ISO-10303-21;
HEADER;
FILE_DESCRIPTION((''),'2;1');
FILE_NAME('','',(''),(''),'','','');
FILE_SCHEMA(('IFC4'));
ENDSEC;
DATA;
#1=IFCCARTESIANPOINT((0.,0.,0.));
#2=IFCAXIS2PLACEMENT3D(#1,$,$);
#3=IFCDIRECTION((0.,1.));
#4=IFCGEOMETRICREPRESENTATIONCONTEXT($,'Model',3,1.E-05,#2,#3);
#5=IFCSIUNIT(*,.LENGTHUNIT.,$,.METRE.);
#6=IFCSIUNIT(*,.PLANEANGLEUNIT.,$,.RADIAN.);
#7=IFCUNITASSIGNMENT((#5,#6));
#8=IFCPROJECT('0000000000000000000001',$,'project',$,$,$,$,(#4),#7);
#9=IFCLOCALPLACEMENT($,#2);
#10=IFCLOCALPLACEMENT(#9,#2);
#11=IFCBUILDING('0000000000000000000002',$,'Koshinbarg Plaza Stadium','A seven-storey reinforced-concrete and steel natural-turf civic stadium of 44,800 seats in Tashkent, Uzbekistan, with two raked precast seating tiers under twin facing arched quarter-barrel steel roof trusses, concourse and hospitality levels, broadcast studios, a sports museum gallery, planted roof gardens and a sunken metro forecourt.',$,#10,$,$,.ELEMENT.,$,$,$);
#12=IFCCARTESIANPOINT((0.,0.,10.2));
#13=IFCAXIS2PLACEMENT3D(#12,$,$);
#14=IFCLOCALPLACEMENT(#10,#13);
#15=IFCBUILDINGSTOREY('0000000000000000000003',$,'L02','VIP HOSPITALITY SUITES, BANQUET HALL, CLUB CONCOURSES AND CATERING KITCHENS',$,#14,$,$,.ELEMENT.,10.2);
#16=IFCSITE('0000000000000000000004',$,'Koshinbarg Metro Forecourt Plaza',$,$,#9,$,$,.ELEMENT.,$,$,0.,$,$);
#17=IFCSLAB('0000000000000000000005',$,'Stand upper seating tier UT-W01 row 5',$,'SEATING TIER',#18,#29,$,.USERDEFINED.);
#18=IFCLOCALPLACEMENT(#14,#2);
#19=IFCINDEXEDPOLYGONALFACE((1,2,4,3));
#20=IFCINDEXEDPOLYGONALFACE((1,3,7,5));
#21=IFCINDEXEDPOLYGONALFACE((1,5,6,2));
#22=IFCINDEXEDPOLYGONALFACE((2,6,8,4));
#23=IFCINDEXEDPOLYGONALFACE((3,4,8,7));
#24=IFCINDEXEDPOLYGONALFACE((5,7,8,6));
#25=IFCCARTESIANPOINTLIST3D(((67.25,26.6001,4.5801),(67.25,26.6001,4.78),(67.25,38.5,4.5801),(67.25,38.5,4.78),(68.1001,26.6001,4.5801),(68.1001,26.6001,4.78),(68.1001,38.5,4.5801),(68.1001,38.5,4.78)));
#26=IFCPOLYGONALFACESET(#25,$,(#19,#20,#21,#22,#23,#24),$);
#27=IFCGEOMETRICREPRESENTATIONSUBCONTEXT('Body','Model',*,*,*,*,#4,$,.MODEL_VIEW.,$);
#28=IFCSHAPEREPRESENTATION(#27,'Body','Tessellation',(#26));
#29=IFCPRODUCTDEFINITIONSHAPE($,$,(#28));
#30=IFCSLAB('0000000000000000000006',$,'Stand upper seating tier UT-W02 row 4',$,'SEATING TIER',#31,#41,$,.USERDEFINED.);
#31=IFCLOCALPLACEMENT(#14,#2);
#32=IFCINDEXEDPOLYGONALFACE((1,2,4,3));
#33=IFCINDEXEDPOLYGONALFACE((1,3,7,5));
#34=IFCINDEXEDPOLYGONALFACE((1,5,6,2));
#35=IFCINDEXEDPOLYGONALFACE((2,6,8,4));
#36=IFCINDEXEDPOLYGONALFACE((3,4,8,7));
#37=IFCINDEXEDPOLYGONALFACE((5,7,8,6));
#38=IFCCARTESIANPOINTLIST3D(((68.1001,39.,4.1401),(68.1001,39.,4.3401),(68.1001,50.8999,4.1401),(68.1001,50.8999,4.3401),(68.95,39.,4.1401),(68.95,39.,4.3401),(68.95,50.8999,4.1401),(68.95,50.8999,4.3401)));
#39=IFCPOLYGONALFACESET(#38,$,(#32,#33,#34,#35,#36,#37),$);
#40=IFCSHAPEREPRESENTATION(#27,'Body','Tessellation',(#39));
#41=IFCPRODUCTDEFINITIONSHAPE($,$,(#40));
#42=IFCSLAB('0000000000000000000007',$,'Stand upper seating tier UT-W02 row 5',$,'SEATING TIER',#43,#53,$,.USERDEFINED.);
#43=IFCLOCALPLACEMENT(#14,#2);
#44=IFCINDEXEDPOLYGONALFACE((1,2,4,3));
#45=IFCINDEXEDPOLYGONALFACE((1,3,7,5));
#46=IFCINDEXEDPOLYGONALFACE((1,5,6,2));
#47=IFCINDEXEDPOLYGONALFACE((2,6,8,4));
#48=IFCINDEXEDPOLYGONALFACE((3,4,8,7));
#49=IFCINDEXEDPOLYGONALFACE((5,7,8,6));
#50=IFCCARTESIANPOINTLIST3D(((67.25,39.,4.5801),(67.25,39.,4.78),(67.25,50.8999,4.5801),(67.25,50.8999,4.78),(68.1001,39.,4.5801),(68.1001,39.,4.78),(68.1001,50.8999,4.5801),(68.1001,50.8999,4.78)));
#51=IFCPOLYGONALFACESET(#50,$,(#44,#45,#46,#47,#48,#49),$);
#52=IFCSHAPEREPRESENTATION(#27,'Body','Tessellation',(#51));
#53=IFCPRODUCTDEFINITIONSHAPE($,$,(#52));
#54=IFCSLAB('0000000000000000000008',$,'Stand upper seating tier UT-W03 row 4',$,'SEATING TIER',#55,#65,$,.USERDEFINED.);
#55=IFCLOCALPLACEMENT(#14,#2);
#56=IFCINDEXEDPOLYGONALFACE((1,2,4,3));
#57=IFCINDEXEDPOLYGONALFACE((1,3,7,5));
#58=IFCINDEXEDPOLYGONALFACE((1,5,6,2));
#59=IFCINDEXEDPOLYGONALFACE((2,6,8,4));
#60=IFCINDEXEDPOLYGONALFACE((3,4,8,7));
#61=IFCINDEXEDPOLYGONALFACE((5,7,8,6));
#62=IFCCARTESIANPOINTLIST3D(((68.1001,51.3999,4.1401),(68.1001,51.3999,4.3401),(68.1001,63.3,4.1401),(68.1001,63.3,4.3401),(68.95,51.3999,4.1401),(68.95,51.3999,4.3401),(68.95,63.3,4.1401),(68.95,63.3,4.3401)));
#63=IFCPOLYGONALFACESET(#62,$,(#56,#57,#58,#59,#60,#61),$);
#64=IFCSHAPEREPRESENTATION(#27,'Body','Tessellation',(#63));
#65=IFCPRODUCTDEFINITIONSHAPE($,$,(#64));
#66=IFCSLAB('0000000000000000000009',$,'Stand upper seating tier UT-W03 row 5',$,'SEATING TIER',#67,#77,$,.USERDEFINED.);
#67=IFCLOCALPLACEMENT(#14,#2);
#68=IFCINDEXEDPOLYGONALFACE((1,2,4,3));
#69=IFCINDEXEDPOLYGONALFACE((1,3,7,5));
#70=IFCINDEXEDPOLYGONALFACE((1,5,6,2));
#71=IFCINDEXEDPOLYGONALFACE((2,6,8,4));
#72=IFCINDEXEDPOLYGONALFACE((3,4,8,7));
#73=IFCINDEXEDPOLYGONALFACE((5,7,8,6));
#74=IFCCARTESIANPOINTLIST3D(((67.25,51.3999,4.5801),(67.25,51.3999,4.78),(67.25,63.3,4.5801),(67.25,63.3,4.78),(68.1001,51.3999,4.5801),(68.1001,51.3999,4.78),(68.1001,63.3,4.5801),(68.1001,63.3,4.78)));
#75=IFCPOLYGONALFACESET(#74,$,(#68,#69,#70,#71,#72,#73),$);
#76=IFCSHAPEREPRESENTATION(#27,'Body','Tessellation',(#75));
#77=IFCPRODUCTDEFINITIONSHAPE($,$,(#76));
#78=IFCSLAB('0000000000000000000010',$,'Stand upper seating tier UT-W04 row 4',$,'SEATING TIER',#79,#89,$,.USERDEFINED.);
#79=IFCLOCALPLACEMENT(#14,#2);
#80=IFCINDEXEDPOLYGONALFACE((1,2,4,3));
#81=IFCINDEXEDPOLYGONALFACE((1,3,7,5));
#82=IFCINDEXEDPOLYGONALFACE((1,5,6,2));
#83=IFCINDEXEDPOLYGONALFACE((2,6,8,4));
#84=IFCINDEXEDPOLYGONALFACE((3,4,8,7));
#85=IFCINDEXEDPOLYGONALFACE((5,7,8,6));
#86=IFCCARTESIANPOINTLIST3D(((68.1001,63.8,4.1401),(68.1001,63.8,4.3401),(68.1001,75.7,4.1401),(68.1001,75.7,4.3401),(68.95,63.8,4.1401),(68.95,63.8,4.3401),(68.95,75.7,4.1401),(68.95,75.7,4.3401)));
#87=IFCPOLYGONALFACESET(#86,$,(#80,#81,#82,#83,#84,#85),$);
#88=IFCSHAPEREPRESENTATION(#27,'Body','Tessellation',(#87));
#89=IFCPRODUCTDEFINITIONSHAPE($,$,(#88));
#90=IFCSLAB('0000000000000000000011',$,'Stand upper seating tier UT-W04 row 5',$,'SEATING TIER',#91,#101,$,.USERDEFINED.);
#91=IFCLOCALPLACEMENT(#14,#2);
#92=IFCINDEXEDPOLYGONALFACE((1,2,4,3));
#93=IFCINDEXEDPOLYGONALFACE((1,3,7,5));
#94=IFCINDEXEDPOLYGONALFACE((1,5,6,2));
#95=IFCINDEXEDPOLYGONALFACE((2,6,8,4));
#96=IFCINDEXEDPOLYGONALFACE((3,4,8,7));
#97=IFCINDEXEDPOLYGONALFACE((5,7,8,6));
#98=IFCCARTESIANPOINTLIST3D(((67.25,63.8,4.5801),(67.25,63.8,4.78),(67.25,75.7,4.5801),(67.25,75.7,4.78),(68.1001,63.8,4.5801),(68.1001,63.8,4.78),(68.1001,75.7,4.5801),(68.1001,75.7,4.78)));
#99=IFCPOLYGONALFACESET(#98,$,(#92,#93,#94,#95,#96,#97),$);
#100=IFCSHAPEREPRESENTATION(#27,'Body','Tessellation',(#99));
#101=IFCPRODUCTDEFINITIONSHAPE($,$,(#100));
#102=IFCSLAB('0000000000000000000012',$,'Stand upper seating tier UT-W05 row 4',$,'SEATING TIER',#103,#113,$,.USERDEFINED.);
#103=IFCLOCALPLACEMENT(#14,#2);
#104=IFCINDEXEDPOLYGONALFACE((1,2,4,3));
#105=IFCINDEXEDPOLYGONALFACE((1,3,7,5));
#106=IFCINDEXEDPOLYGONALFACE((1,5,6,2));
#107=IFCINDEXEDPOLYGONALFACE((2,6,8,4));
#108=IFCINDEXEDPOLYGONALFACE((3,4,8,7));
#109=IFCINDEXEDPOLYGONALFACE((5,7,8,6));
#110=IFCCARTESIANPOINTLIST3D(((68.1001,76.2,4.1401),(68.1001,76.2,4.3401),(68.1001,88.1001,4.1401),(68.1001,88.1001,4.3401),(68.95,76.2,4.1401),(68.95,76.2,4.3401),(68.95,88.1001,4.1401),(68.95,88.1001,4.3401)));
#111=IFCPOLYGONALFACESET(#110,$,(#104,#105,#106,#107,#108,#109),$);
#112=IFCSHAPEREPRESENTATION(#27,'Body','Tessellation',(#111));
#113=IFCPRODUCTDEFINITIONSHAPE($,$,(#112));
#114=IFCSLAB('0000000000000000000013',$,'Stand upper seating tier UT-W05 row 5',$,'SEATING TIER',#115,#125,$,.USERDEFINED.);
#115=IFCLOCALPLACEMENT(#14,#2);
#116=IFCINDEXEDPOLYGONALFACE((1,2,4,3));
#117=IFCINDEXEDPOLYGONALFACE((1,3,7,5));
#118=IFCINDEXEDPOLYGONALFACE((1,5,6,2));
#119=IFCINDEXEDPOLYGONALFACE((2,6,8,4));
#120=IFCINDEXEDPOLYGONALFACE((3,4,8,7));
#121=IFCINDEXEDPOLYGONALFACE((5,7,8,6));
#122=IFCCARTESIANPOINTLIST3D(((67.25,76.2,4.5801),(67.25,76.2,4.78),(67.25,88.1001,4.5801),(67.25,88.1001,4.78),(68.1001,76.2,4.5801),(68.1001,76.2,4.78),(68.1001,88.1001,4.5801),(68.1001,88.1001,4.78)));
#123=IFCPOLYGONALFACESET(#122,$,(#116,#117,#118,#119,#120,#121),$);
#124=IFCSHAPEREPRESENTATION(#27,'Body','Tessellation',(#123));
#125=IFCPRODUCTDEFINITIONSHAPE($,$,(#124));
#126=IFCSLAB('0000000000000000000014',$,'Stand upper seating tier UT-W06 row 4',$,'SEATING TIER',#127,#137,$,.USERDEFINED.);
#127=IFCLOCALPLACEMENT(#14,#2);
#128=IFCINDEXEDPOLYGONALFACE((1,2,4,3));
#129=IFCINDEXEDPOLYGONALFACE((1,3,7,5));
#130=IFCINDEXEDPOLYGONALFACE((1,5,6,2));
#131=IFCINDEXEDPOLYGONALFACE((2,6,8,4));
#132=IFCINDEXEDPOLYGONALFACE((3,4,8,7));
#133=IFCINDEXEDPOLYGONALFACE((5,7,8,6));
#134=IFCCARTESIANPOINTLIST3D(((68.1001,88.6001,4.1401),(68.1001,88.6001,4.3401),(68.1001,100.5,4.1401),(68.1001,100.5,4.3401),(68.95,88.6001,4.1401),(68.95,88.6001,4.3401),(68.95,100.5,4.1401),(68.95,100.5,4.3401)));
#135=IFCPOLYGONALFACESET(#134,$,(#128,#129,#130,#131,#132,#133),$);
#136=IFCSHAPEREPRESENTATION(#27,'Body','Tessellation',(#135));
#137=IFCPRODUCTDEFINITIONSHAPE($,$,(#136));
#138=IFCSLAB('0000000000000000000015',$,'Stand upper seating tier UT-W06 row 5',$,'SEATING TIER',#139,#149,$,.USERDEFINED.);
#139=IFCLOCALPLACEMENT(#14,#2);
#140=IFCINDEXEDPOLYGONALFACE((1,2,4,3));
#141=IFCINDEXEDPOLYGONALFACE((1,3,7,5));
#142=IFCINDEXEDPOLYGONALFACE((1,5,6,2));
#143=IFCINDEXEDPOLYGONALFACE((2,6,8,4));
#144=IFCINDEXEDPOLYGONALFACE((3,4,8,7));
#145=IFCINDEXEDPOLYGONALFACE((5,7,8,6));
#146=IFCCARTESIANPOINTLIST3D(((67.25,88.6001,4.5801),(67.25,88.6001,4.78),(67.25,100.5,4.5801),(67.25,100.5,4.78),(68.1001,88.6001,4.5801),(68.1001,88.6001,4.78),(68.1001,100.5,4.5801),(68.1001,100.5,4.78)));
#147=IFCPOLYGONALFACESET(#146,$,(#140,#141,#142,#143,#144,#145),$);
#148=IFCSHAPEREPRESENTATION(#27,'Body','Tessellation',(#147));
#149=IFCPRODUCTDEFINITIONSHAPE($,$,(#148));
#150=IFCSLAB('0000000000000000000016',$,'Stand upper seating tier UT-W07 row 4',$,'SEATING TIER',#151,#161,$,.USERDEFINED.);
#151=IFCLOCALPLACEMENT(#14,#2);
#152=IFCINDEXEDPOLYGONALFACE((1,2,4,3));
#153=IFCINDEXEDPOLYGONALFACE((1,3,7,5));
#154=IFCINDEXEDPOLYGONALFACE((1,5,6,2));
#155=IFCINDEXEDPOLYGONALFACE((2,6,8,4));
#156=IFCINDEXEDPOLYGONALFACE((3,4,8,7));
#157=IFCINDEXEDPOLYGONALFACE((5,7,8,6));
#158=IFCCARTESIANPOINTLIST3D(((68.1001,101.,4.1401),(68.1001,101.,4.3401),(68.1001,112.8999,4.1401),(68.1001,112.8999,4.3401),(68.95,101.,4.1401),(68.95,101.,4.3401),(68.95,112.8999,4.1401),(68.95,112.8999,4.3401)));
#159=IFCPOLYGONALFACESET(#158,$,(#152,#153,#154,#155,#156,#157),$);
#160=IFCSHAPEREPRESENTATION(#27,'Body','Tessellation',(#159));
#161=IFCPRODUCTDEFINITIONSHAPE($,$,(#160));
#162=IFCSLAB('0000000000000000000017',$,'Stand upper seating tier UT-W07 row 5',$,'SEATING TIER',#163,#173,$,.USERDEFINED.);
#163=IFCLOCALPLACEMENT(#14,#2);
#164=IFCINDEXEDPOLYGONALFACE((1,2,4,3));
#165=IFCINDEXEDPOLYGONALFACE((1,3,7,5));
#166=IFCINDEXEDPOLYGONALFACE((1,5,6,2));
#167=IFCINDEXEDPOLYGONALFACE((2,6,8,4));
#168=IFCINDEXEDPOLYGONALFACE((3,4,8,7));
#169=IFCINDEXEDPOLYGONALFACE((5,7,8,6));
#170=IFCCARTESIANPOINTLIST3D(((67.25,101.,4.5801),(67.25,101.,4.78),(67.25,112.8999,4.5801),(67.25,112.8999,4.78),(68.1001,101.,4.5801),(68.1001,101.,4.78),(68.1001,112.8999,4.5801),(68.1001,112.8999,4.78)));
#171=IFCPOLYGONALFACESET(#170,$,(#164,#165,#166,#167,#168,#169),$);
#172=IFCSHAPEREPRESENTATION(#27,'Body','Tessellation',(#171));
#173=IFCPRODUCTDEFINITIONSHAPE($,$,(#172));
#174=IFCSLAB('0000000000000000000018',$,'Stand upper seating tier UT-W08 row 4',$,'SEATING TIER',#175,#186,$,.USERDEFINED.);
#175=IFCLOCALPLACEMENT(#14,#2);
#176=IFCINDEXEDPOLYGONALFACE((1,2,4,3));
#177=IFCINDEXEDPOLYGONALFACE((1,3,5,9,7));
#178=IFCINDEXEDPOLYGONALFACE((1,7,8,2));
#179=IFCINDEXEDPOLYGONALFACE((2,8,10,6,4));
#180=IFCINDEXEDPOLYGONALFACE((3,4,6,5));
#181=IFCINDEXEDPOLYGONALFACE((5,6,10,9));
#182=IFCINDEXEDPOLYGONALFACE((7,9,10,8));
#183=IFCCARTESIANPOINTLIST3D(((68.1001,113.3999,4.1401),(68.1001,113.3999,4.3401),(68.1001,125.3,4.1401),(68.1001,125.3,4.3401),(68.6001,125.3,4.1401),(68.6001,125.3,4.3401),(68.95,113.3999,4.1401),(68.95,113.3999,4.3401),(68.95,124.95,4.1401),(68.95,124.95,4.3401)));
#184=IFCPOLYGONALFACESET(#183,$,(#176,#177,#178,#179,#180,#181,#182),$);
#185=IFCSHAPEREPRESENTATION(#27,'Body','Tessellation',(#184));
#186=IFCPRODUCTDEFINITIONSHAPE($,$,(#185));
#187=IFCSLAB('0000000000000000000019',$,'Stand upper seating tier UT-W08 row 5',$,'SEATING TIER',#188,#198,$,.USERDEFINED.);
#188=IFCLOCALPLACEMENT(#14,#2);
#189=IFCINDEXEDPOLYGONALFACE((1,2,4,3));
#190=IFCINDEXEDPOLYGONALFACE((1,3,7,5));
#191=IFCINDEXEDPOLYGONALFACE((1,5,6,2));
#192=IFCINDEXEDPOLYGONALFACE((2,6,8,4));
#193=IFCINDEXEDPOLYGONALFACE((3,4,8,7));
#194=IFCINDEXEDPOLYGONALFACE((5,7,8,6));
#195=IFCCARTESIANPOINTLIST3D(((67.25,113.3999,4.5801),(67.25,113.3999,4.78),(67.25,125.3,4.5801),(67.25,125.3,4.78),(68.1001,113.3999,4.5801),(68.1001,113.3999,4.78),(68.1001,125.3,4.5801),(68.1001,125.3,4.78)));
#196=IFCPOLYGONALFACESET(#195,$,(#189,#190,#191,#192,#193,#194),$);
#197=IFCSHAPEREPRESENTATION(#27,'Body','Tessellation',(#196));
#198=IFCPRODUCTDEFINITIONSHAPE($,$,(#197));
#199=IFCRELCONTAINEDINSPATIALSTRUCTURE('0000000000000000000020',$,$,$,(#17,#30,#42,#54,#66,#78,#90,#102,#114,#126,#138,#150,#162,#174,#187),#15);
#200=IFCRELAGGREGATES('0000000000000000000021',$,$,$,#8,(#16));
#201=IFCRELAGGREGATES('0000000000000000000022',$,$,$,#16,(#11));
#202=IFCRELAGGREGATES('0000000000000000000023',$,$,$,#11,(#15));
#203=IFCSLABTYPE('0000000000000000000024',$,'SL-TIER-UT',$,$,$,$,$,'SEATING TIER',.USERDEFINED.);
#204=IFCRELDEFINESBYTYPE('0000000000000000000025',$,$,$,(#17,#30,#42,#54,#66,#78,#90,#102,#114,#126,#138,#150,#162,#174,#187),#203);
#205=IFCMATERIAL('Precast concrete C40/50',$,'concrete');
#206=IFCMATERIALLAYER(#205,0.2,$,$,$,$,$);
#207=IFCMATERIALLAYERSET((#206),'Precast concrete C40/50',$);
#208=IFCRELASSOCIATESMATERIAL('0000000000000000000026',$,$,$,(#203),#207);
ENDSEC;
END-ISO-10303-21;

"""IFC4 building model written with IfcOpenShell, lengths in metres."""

from ifc_helpers import new_model, si_unit, direction, frame, origin, place, context, subcontext, project, spatial, polyline, outline, extrude, material, layer, layer_set, type_object, element, save


model = new_model("IFC4")

# Units and contexts
model_context = context("Model", 3, precision=1e-05, world=origin(), true_north=direction((0.0, 1.0)))
body_context = subcontext(model_context, "Body", "Model", "MODEL_VIEW")
ifc_project = project(units=[si_unit("LENGTHUNIT", "METRE"), si_unit("PLANEANGLEUNIT", "RADIAN")], contexts=[model_context])

# Site, building, storey
site_placement = place(None, origin())
site = spatial("IfcSite", under=ifc_project, at=site_placement, Name="Koshinbarg Metro Forecourt Plaza", CompositionType="ELEMENT", RefElevation=0.0)
building_placement = place(site_placement, origin())
building = spatial("IfcBuilding", under=site, at=building_placement, Name="Koshinbarg Plaza Stadium", Description="A seven-storey reinforced-concrete and steel natural-turf civic stadium of 44,800 seats in Tashkent, Uzbekistan, with two raked precast seating tiers under twin facing arched quarter-barrel steel roof trusses, concourse and hospitality levels, broadcast studios, a sports museum gallery, planted roof gardens and a sunken metro forecourt.", CompositionType="ELEMENT")
storey_placement = place(building_placement, frame((0.0, 0.0, 10.2)))
storey = spatial("IfcBuildingStorey", under=building, at=storey_placement, Name="L02", Description="VIP HOSPITALITY SUITES, BANQUET HALL, CLUB CONCOURSES AND CATERING KITCHENS", CompositionType="ELEMENT", Elevation=10.2)

# Slabs
ifc_material = material(Name="Precast concrete C40/50", Category="concrete")
ifc_layer = layer(ifc_material, 0.2)
ifc_layer_set = layer_set([ifc_layer], Name="Precast concrete C40/50")
slab_type = type_object("IfcSlabType", Name="SL-TIER-UT", ElementType="SEATING TIER", PredefinedType="USERDEFINED", material=ifc_layer_set)
slab_1_placement = place(storey_placement, frame((0.0, 0.0, 4.5801)))
element("IfcSlab", 1, at=slab_1_placement, inside=storey, type_object=slab_type, Name="Stand upper seating tier UT-W01 row 5", ObjectType="SEATING TIER", PredefinedType="USERDEFINED", context=body_context, shape_type="SweptSolid", body=[
    extrude(outline(polyline([(67.25, 26.6001), (68.1001, 26.6001), (68.1001, 38.5), (67.25, 38.5), (67.25, 26.6001)])), origin(), (0.0, 0.0, 1.0), 0.2),
])
slab_2_placement = place(storey_placement, frame((0.0, 0.0, 4.1401)))
element("IfcSlab", 2, at=slab_2_placement, inside=storey, type_object=slab_type, Name="Stand upper seating tier UT-W02 row 4", ObjectType="SEATING TIER", PredefinedType="USERDEFINED", context=body_context, shape_type="SweptSolid", body=[
    extrude(outline(polyline([(68.1001, 39.0), (68.95, 39.0), (68.95, 50.8999), (68.1001, 50.8999), (68.1001, 39.0)])), origin(), (0.0, 0.0, 1.0), 0.2),
])
slab_3_placement = place(storey_placement, frame((0.0, 0.0, 4.5801)))
element("IfcSlab", 3, at=slab_3_placement, inside=storey, type_object=slab_type, Name="Stand upper seating tier UT-W02 row 5", ObjectType="SEATING TIER", PredefinedType="USERDEFINED", context=body_context, shape_type="SweptSolid", body=[
    extrude(outline(polyline([(67.25, 39.0), (68.1001, 39.0), (68.1001, 50.8999), (67.25, 50.8999), (67.25, 39.0)])), origin(), (0.0, 0.0, 1.0), 0.2),
])
slab_4_placement = place(storey_placement, frame((0.0, 0.0, 4.1401)))
element("IfcSlab", 4, at=slab_4_placement, inside=storey, type_object=slab_type, Name="Stand upper seating tier UT-W03 row 4", ObjectType="SEATING TIER", PredefinedType="USERDEFINED", context=body_context, shape_type="SweptSolid", body=[
    extrude(outline(polyline([(68.1001, 51.3999), (68.95, 51.3999), (68.95, 63.3), (68.1001, 63.3), (68.1001, 51.3999)])), origin(), (0.0, 0.0, 1.0), 0.2),
])
slab_5_placement = place(storey_placement, frame((0.0, 0.0, 4.5801)))
element("IfcSlab", 5, at=slab_5_placement, inside=storey, type_object=slab_type, Name="Stand upper seating tier UT-W03 row 5", ObjectType="SEATING TIER", PredefinedType="USERDEFINED", context=body_context, shape_type="SweptSolid", body=[
    extrude(outline(polyline([(67.25, 51.3999), (68.1001, 51.3999), (68.1001, 63.3), (67.25, 63.3), (67.25, 51.3999)])), origin(), (0.0, 0.0, 1.0), 0.2),
])
slab_6_placement = place(storey_placement, frame((0.0, 0.0, 4.1401)))
element("IfcSlab", 6, at=slab_6_placement, inside=storey, type_object=slab_type, Name="Stand upper seating tier UT-W04 row 4", ObjectType="SEATING TIER", PredefinedType="USERDEFINED", context=body_context, shape_type="SweptSolid", body=[
    extrude(outline(polyline([(68.1001, 63.8), (68.95, 63.8), (68.95, 75.7), (68.1001, 75.7), (68.1001, 63.8)])), origin(), (0.0, 0.0, 1.0), 0.2),
])
slab_7_placement = place(storey_placement, frame((0.0, 0.0, 4.5801)))
element("IfcSlab", 7, at=slab_7_placement, inside=storey, type_object=slab_type, Name="Stand upper seating tier UT-W04 row 5", ObjectType="SEATING TIER", PredefinedType="USERDEFINED", context=body_context, shape_type="SweptSolid", body=[
    extrude(outline(polyline([(67.25, 63.8), (68.1001, 63.8), (68.1001, 75.7), (67.25, 75.7), (67.25, 63.8)])), origin(), (0.0, 0.0, 1.0), 0.2),
])
slab_8_placement = place(storey_placement, frame((0.0, 0.0, 4.1401)))
element("IfcSlab", 8, at=slab_8_placement, inside=storey, type_object=slab_type, Name="Stand upper seating tier UT-W05 row 4", ObjectType="SEATING TIER", PredefinedType="USERDEFINED", context=body_context, shape_type="SweptSolid", body=[
    extrude(outline(polyline([(68.1001, 76.2), (68.95, 76.2), (68.95, 88.1001), (68.1001, 88.1001), (68.1001, 76.2)])), origin(), (0.0, 0.0, 1.0), 0.2),
])
slab_9_placement = place(storey_placement, frame((0.0, 0.0, 4.5801)))
element("IfcSlab", 9, at=slab_9_placement, inside=storey, type_object=slab_type, Name="Stand upper seating tier UT-W05 row 5", ObjectType="SEATING TIER", PredefinedType="USERDEFINED", context=body_context, shape_type="SweptSolid", body=[
    extrude(outline(polyline([(67.25, 76.2), (68.1001, 76.2), (68.1001, 88.1001), (67.25, 88.1001), (67.25, 76.2)])), origin(), (0.0, 0.0, 1.0), 0.2),
])
slab_10_placement = place(storey_placement, frame((0.0, 0.0, 4.1401)))
element("IfcSlab", 10, at=slab_10_placement, inside=storey, type_object=slab_type, Name="Stand upper seating tier UT-W06 row 4", ObjectType="SEATING TIER", PredefinedType="USERDEFINED", context=body_context, shape_type="SweptSolid", body=[
    extrude(outline(polyline([(68.1001, 88.6001), (68.95, 88.6001), (68.95, 100.5), (68.1001, 100.5), (68.1001, 88.6001)])), origin(), (0.0, 0.0, 1.0), 0.2),
])
slab_11_placement = place(storey_placement, frame((0.0, 0.0, 4.5801)))
element("IfcSlab", 11, at=slab_11_placement, inside=storey, type_object=slab_type, Name="Stand upper seating tier UT-W06 row 5", ObjectType="SEATING TIER", PredefinedType="USERDEFINED", context=body_context, shape_type="SweptSolid", body=[
    extrude(outline(polyline([(67.25, 88.6001), (68.1001, 88.6001), (68.1001, 100.5), (67.25, 100.5), (67.25, 88.6001)])), origin(), (0.0, 0.0, 1.0), 0.2),
])
slab_12_placement = place(storey_placement, frame((0.0, 0.0, 4.1401)))
element("IfcSlab", 12, at=slab_12_placement, inside=storey, type_object=slab_type, Name="Stand upper seating tier UT-W07 row 4", ObjectType="SEATING TIER", PredefinedType="USERDEFINED", context=body_context, shape_type="SweptSolid", body=[
    extrude(outline(polyline([(68.1001, 101.0), (68.95, 101.0), (68.95, 112.8999), (68.1001, 112.8999), (68.1001, 101.0)])), origin(), (0.0, 0.0, 1.0), 0.2),
])
slab_13_placement = place(storey_placement, frame((0.0, 0.0, 4.5801)))
element("IfcSlab", 13, at=slab_13_placement, inside=storey, type_object=slab_type, Name="Stand upper seating tier UT-W07 row 5", ObjectType="SEATING TIER", PredefinedType="USERDEFINED", context=body_context, shape_type="SweptSolid", body=[
    extrude(outline(polyline([(67.25, 101.0), (68.1001, 101.0), (68.1001, 112.8999), (67.25, 112.8999), (67.25, 101.0)])), origin(), (0.0, 0.0, 1.0), 0.2),
])
slab_14_placement = place(storey_placement, frame((0.0, 0.0, 4.1401)))
element("IfcSlab", 14, at=slab_14_placement, inside=storey, type_object=slab_type, Name="Stand upper seating tier UT-W08 row 4", ObjectType="SEATING TIER", PredefinedType="USERDEFINED", context=body_context, shape_type="SweptSolid", body=[
    extrude(outline(polyline([(68.1001, 113.3999), (68.95, 113.3999), (68.95, 124.95), (68.6001, 125.3), (68.1001, 125.3), (68.1001, 113.3999)])), origin(), (0.0, 0.0, 1.0), 0.2),
])
slab_15_placement = place(storey_placement, frame((0.0, 0.0, 4.5801)))
element("IfcSlab", 15, at=slab_15_placement, inside=storey, type_object=slab_type, Name="Stand upper seating tier UT-W08 row 5", ObjectType="SEATING TIER", PredefinedType="USERDEFINED", context=body_context, shape_type="SweptSolid", body=[
    extrude(outline(polyline([(67.25, 113.3999), (68.1001, 113.3999), (68.1001, 125.3), (67.25, 125.3), (67.25, 113.3999)])), origin(), (0.0, 0.0, 1.0), 0.2),
])

save(model, "model.ifc")
